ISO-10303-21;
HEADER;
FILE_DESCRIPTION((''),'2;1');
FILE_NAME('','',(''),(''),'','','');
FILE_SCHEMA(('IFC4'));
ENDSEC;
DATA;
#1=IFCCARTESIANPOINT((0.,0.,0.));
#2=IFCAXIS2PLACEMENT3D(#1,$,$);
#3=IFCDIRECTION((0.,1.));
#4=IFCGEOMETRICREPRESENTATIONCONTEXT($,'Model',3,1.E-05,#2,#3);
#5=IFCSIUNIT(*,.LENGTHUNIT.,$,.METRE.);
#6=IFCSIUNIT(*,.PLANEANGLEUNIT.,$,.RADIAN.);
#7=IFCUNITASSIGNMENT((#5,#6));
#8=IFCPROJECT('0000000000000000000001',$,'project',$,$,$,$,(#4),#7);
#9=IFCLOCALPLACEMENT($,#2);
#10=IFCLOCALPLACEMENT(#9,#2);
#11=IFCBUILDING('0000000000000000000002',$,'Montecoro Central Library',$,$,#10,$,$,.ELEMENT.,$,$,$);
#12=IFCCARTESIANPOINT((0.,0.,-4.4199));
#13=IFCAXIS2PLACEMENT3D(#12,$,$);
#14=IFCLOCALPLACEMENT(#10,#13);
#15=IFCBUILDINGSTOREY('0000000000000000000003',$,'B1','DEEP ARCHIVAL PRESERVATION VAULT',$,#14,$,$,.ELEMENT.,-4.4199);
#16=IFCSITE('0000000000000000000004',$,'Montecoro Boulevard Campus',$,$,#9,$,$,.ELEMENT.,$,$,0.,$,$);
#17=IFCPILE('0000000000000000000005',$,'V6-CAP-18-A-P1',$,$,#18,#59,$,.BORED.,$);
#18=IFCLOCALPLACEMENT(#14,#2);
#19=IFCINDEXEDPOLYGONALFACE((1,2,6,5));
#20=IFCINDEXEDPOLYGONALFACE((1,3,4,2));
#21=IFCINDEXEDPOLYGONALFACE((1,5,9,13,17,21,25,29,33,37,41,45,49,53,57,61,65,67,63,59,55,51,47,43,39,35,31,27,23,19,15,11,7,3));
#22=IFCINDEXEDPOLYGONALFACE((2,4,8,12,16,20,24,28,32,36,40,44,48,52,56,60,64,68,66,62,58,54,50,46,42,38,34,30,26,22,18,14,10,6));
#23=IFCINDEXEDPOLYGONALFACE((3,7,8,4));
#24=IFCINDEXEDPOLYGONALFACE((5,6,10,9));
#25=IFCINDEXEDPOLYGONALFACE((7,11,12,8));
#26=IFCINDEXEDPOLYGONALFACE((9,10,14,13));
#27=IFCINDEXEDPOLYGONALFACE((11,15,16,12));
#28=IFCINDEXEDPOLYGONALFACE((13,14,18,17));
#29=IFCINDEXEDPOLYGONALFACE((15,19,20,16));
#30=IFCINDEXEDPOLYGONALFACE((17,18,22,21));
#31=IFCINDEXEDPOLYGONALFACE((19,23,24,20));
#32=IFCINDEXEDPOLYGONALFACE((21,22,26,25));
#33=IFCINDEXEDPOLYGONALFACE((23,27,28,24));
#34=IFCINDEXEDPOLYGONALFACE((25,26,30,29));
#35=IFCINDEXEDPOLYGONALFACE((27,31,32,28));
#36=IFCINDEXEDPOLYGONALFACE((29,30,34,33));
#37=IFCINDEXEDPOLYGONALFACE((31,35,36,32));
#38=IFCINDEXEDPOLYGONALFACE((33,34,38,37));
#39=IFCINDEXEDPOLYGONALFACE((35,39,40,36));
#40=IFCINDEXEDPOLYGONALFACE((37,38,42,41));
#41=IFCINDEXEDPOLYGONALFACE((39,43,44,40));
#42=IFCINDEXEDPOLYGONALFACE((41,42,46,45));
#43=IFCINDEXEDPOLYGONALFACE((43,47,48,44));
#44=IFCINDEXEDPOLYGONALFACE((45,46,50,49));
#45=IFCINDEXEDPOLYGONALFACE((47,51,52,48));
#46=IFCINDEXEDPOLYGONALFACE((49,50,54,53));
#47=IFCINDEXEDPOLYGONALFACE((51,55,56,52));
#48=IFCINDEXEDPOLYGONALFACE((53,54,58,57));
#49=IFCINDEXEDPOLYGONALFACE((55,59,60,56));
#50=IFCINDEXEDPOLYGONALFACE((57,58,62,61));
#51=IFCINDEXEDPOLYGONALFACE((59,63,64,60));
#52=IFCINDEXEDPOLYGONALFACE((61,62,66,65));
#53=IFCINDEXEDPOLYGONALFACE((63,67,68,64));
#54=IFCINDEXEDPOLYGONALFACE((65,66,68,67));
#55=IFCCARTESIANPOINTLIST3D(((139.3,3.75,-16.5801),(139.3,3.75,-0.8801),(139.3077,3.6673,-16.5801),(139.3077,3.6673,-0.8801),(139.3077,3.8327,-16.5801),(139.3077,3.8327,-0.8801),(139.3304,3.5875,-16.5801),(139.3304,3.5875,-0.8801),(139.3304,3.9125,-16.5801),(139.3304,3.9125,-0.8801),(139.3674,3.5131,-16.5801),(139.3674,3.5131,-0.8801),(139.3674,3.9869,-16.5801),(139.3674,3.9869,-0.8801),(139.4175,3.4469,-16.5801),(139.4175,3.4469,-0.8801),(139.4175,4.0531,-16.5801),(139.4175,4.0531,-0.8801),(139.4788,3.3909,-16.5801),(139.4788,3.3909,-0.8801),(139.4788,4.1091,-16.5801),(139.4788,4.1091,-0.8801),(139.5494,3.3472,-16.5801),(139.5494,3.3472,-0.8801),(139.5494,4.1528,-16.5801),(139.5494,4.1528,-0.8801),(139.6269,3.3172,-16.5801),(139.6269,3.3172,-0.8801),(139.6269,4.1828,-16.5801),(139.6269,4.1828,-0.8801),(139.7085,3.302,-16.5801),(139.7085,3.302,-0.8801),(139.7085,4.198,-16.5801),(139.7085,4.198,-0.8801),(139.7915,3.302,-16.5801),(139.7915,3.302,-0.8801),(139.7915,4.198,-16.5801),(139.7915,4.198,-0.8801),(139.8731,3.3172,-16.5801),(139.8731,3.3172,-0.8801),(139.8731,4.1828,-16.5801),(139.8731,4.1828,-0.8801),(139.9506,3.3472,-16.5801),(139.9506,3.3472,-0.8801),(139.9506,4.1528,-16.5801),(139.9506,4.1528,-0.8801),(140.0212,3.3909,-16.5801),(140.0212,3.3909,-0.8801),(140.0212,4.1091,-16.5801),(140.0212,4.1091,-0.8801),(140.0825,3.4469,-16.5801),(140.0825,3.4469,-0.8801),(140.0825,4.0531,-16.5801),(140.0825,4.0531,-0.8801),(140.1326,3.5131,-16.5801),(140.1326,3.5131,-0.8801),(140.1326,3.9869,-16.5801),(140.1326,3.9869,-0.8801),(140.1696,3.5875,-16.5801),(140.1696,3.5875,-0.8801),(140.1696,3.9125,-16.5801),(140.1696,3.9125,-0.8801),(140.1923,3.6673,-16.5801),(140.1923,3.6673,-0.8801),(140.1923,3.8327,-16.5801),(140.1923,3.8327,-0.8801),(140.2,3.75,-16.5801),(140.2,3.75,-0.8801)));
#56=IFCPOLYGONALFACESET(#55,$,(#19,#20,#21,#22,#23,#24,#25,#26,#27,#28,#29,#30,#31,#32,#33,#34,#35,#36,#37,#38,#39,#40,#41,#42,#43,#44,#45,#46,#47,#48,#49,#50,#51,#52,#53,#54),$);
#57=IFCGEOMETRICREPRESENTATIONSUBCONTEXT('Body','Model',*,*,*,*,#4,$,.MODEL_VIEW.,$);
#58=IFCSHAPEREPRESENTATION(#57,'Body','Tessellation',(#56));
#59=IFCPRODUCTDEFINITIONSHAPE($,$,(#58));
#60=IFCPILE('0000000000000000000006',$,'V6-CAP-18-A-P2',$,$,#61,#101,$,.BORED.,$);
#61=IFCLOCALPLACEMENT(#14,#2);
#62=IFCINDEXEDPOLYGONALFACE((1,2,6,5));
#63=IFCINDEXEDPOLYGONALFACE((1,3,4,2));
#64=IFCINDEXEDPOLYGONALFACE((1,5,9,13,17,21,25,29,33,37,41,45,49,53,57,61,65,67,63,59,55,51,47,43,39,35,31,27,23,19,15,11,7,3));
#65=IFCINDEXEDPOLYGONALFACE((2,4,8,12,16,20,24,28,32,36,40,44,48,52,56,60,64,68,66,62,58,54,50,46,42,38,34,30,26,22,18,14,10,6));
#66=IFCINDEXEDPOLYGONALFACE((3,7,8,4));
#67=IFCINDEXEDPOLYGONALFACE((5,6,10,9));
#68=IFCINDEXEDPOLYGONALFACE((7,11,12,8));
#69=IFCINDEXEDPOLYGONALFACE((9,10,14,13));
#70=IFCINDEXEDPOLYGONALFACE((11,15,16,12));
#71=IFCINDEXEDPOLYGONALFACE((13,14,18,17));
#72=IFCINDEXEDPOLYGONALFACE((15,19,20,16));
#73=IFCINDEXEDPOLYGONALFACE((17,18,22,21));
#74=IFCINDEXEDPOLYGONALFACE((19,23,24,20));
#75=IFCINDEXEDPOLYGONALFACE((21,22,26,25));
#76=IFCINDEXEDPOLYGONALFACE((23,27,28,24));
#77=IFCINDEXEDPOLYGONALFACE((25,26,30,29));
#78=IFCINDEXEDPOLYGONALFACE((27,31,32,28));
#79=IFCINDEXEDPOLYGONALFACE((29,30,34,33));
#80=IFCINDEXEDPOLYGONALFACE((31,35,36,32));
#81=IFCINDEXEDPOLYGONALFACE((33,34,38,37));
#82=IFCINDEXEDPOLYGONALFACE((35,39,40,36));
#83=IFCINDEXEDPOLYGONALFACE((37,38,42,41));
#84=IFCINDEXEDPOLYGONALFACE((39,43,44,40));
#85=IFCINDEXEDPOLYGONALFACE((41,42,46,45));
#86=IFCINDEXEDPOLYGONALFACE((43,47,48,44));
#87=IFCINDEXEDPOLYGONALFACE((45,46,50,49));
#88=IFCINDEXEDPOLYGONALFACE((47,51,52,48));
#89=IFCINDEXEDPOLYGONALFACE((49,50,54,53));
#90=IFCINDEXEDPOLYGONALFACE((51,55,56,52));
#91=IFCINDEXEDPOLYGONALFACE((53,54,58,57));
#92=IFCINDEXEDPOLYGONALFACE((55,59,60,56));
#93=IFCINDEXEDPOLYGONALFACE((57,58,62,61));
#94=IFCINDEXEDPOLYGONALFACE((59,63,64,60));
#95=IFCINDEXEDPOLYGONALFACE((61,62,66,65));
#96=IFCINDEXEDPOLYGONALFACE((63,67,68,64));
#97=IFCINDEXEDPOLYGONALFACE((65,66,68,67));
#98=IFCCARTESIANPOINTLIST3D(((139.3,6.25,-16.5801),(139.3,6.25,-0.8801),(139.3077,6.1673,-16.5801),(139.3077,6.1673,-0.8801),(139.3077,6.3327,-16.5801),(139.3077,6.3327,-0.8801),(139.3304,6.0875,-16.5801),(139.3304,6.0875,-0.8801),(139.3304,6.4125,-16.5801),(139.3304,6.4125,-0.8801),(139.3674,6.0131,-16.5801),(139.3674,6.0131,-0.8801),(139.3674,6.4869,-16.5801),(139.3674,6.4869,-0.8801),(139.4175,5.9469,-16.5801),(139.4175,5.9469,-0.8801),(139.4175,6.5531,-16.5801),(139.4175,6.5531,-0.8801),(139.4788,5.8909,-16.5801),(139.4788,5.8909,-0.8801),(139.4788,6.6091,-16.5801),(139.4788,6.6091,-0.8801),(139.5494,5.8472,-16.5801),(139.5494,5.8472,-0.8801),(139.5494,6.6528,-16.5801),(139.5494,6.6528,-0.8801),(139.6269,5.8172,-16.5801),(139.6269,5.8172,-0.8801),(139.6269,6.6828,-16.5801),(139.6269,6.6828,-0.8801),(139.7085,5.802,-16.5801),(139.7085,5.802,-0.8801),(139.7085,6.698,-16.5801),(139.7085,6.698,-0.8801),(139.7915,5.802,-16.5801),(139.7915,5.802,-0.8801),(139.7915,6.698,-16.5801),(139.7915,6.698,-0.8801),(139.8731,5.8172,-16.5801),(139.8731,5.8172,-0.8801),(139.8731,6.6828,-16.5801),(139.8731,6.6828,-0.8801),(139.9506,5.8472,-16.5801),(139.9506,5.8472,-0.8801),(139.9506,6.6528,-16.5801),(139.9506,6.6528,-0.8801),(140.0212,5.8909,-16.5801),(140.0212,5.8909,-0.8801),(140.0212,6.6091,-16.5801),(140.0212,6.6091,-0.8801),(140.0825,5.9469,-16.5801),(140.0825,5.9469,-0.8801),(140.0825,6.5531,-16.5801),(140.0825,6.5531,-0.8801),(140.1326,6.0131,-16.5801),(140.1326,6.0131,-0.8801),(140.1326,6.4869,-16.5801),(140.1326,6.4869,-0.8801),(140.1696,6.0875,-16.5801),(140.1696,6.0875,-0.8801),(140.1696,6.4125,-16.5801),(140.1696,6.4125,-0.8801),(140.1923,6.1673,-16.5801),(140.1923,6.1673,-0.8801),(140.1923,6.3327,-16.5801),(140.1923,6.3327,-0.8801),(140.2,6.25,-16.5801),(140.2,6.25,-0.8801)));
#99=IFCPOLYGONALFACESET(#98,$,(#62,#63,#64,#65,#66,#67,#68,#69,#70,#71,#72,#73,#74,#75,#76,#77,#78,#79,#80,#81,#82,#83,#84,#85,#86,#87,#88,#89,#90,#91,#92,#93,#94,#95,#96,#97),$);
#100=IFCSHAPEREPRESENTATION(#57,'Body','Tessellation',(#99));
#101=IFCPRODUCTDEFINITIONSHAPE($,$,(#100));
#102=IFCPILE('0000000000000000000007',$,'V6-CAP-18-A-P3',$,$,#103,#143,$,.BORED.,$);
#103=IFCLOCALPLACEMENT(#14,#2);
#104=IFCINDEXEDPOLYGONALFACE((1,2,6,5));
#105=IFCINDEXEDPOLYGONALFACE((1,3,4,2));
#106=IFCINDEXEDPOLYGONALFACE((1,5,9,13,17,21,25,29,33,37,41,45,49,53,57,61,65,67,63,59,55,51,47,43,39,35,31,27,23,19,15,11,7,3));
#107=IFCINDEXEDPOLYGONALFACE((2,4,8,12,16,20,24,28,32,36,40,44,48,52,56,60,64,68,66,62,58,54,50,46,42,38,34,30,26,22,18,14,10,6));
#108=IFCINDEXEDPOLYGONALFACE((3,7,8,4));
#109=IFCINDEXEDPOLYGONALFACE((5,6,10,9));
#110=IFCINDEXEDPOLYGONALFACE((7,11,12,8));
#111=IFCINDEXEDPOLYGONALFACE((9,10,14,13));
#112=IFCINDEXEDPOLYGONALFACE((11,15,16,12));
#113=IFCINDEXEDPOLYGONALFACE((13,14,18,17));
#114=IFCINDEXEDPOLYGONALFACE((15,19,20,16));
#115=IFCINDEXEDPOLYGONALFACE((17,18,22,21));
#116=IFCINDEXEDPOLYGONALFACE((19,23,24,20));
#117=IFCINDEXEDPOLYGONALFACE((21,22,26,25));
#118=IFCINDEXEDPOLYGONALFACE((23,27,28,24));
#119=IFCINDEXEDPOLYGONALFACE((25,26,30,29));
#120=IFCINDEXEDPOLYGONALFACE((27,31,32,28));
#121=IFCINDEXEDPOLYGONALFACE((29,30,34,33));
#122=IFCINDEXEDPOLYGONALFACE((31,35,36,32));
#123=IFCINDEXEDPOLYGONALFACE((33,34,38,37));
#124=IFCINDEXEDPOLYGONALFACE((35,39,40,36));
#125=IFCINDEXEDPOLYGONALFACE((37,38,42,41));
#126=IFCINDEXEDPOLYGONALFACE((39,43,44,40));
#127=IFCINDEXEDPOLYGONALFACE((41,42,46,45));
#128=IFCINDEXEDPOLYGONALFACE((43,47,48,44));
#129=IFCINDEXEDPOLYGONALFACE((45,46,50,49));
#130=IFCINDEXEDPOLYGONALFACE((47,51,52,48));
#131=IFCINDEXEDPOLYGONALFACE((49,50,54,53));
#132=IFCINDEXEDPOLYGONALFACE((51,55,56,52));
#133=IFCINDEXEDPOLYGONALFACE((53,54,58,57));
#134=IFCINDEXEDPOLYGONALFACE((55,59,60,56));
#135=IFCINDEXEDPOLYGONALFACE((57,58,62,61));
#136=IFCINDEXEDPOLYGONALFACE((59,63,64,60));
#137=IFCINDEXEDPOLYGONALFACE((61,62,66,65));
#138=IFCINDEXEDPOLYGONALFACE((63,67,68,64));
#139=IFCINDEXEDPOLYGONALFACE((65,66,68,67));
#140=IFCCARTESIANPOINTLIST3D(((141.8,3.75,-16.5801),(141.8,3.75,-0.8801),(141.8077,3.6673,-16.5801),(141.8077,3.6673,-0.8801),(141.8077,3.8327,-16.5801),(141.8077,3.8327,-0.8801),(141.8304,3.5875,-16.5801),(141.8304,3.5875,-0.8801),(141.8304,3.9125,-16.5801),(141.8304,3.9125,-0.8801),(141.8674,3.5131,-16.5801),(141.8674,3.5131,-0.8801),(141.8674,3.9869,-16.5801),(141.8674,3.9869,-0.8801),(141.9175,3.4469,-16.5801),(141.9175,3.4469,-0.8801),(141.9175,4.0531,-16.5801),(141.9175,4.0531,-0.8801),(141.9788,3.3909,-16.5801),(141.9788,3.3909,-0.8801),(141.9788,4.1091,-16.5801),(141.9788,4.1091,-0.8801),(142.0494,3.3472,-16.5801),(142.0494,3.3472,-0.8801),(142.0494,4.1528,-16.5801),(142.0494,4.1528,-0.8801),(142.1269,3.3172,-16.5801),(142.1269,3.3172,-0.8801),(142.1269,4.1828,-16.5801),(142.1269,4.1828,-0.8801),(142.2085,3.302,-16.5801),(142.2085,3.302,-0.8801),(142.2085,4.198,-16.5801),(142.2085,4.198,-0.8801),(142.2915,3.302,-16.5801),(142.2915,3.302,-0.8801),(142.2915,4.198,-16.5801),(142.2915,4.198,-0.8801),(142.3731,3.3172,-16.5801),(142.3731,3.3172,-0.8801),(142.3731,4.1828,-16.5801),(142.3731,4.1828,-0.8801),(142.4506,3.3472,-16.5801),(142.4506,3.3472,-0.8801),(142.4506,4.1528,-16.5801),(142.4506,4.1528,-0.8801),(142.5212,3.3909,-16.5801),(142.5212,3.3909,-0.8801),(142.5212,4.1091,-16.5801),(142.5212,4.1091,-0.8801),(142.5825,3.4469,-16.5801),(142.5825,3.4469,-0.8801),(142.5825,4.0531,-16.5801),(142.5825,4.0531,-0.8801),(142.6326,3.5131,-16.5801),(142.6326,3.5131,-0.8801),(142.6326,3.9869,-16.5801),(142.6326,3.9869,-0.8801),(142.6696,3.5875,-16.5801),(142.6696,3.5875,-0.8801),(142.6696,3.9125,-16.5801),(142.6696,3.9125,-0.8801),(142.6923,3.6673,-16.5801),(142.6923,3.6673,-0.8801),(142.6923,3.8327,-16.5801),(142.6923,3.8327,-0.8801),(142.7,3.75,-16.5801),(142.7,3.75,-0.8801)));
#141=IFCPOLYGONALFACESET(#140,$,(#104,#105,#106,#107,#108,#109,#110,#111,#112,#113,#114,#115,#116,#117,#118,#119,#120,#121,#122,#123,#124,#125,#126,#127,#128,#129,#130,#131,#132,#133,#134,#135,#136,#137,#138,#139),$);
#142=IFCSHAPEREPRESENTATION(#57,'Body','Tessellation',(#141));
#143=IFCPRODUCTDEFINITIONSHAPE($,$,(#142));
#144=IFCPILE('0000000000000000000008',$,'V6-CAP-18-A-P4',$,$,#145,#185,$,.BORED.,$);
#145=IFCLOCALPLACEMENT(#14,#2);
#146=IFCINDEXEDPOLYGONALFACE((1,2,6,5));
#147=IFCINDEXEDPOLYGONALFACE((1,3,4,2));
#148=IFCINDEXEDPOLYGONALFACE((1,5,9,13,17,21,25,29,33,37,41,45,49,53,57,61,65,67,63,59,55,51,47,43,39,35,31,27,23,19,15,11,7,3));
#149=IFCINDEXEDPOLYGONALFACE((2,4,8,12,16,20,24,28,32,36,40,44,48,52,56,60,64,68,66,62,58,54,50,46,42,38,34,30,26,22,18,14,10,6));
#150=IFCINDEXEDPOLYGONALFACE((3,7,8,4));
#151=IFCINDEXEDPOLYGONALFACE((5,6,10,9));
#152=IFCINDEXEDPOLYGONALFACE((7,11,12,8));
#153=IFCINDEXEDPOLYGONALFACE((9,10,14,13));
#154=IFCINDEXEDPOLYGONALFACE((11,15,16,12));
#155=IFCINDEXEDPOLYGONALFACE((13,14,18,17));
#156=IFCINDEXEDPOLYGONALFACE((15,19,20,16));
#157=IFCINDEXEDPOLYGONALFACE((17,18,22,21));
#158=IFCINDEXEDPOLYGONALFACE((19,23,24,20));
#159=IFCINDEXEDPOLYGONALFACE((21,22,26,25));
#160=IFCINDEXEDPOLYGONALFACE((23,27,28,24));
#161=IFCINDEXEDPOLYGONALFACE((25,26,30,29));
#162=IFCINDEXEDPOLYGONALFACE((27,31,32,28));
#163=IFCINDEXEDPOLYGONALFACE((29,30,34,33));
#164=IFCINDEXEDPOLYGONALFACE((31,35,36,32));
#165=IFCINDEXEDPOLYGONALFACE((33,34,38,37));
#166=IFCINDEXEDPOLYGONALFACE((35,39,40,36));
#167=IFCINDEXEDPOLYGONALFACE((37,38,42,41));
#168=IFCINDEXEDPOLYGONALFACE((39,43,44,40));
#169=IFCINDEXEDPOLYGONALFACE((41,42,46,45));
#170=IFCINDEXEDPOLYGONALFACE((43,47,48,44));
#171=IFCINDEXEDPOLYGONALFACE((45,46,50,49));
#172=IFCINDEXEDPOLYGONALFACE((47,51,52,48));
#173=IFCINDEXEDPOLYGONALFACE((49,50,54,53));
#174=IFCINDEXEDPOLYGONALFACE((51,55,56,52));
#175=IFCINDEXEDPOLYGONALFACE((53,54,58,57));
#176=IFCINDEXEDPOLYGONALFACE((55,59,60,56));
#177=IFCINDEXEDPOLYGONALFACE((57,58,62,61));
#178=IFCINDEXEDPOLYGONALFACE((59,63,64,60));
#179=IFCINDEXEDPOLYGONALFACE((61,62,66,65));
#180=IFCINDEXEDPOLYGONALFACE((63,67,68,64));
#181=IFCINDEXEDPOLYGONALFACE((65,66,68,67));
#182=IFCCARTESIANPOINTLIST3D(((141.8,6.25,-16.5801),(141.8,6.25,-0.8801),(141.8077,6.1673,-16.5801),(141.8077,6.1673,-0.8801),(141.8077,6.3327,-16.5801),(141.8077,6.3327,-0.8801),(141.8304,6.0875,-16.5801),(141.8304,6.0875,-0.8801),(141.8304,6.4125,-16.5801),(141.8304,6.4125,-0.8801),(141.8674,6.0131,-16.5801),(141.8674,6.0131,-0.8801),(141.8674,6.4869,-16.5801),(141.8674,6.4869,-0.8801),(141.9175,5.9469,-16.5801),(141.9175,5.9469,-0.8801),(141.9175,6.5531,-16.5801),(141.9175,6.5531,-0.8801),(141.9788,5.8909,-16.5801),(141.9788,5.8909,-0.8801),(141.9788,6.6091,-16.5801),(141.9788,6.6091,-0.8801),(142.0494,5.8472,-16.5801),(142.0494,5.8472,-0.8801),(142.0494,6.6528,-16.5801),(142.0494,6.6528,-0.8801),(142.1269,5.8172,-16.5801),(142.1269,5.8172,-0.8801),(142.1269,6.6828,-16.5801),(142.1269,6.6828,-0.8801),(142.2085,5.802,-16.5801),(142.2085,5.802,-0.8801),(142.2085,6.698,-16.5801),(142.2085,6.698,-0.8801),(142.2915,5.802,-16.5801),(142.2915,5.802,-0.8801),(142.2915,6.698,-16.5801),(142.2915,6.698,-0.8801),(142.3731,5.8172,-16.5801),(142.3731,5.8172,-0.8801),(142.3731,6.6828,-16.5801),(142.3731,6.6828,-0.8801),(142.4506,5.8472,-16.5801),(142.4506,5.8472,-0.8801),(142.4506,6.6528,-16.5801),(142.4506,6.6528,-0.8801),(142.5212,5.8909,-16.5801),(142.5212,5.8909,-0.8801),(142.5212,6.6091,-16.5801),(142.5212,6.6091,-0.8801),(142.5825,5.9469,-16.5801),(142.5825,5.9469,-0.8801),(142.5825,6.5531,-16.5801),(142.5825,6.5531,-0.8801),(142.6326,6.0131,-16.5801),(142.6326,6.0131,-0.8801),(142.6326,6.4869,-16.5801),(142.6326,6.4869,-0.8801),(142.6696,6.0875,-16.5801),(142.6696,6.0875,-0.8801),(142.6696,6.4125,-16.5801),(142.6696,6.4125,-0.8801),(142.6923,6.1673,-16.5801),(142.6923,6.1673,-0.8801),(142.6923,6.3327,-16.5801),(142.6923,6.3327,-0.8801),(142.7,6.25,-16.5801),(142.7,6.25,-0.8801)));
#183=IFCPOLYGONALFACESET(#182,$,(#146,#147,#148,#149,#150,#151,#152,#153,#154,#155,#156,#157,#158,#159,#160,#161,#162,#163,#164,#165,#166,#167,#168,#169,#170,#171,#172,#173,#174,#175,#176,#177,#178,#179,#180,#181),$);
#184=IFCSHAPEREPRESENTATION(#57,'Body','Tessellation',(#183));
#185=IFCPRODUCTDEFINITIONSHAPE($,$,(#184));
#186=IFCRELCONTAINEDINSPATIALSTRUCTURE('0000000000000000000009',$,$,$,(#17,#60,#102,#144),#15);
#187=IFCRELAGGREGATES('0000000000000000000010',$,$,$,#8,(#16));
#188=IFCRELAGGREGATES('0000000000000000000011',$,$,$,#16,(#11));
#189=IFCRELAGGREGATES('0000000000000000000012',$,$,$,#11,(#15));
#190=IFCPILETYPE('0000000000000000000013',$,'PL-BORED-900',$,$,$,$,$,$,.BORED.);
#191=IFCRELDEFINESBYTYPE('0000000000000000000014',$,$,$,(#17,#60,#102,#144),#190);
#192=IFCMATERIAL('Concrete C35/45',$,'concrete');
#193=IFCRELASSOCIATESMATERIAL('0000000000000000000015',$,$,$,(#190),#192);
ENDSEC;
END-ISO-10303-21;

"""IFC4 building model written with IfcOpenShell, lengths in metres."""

from ifc_helpers import new_model, si_unit, direction, frame, origin, origin_2d, place, context, subcontext, project, spatial, circle, extrude, material, material_profile, profile_set, type_object, element, save


model = new_model("IFC4")

# Units and contexts
model_context = context("Model", 3, precision=1e-05, world=origin(), true_north=direction((0.0, 1.0)))
body_context = subcontext(model_context, "Body", "Model", "MODEL_VIEW")
ifc_project = project(units=[si_unit("LENGTHUNIT", "METRE"), si_unit("PLANEANGLEUNIT", "RADIAN")], contexts=[model_context])

# Site, building, storey
site_placement = place(None, origin())
site = spatial("IfcSite", under=ifc_project, at=site_placement, Name="Montecoro Boulevard Campus", CompositionType="ELEMENT", RefElevation=0.0)
building_placement = place(site_placement, origin())
building = spatial("IfcBuilding", under=site, at=building_placement, Name="Montecoro Central Library", CompositionType="ELEMENT")
storey_placement = place(building_placement, frame((0.0, 0.0, -4.4199)))
storey = spatial("IfcBuildingStorey", under=building, at=storey_placement, Name="B1", Description="DEEP ARCHIVAL PRESERVATION VAULT", CompositionType="ELEMENT", Elevation=-4.4199)

# Shared definitions
ifc_material_1 = material(Name="Concrete C35/45", Category="concrete")

# Piles
ifc_material_profile_1 = material_profile(ifc_material_1, circle(Radius=0.45, at=origin_2d()), Name="PILE D900")
ifc_profile_set_1 = profile_set([ifc_material_profile_1], Name="Concrete C35/45")
pile_type_1 = type_object("IfcPileType", Name="PL-BORED-900", PredefinedType="BORED", material=ifc_profile_set_1)
for number, where, z_axis, x_axis, name in (
    (1, (139.75, 3.75, -0.8801), (0.0, 0.0, -1.0), (1.0, 0.0, 0.0), "V6-CAP-18-A-P1"),
    (2, (139.75, 6.25, -0.8801), (0.0, 0.0, -1.0), (1.0, 0.0, 0.0), "V6-CAP-18-A-P2"),
    (3, (142.25, 3.75, -0.8801), (0.0, 0.0, -1.0), (1.0, 0.0, 0.0), "V6-CAP-18-A-P3"),
    (4, (142.25, 6.25, -0.8801), (0.0, 0.0, -1.0), (1.0, 0.0, 0.0), "V6-CAP-18-A-P4"),
):
    element("IfcPile", number, at=place(storey_placement, frame(where, z_axis=z_axis, x_axis=x_axis)), inside=storey, type_object=pile_type_1, Name=name, PredefinedType="BORED", context=body_context, shape_type="SweptSolid", body=[
        extrude(circle(Radius=0.45, at=origin_2d()), origin(), (0.0, 0.0, 1.0), 15.7),
    ])

save(model, "model.ifc")
